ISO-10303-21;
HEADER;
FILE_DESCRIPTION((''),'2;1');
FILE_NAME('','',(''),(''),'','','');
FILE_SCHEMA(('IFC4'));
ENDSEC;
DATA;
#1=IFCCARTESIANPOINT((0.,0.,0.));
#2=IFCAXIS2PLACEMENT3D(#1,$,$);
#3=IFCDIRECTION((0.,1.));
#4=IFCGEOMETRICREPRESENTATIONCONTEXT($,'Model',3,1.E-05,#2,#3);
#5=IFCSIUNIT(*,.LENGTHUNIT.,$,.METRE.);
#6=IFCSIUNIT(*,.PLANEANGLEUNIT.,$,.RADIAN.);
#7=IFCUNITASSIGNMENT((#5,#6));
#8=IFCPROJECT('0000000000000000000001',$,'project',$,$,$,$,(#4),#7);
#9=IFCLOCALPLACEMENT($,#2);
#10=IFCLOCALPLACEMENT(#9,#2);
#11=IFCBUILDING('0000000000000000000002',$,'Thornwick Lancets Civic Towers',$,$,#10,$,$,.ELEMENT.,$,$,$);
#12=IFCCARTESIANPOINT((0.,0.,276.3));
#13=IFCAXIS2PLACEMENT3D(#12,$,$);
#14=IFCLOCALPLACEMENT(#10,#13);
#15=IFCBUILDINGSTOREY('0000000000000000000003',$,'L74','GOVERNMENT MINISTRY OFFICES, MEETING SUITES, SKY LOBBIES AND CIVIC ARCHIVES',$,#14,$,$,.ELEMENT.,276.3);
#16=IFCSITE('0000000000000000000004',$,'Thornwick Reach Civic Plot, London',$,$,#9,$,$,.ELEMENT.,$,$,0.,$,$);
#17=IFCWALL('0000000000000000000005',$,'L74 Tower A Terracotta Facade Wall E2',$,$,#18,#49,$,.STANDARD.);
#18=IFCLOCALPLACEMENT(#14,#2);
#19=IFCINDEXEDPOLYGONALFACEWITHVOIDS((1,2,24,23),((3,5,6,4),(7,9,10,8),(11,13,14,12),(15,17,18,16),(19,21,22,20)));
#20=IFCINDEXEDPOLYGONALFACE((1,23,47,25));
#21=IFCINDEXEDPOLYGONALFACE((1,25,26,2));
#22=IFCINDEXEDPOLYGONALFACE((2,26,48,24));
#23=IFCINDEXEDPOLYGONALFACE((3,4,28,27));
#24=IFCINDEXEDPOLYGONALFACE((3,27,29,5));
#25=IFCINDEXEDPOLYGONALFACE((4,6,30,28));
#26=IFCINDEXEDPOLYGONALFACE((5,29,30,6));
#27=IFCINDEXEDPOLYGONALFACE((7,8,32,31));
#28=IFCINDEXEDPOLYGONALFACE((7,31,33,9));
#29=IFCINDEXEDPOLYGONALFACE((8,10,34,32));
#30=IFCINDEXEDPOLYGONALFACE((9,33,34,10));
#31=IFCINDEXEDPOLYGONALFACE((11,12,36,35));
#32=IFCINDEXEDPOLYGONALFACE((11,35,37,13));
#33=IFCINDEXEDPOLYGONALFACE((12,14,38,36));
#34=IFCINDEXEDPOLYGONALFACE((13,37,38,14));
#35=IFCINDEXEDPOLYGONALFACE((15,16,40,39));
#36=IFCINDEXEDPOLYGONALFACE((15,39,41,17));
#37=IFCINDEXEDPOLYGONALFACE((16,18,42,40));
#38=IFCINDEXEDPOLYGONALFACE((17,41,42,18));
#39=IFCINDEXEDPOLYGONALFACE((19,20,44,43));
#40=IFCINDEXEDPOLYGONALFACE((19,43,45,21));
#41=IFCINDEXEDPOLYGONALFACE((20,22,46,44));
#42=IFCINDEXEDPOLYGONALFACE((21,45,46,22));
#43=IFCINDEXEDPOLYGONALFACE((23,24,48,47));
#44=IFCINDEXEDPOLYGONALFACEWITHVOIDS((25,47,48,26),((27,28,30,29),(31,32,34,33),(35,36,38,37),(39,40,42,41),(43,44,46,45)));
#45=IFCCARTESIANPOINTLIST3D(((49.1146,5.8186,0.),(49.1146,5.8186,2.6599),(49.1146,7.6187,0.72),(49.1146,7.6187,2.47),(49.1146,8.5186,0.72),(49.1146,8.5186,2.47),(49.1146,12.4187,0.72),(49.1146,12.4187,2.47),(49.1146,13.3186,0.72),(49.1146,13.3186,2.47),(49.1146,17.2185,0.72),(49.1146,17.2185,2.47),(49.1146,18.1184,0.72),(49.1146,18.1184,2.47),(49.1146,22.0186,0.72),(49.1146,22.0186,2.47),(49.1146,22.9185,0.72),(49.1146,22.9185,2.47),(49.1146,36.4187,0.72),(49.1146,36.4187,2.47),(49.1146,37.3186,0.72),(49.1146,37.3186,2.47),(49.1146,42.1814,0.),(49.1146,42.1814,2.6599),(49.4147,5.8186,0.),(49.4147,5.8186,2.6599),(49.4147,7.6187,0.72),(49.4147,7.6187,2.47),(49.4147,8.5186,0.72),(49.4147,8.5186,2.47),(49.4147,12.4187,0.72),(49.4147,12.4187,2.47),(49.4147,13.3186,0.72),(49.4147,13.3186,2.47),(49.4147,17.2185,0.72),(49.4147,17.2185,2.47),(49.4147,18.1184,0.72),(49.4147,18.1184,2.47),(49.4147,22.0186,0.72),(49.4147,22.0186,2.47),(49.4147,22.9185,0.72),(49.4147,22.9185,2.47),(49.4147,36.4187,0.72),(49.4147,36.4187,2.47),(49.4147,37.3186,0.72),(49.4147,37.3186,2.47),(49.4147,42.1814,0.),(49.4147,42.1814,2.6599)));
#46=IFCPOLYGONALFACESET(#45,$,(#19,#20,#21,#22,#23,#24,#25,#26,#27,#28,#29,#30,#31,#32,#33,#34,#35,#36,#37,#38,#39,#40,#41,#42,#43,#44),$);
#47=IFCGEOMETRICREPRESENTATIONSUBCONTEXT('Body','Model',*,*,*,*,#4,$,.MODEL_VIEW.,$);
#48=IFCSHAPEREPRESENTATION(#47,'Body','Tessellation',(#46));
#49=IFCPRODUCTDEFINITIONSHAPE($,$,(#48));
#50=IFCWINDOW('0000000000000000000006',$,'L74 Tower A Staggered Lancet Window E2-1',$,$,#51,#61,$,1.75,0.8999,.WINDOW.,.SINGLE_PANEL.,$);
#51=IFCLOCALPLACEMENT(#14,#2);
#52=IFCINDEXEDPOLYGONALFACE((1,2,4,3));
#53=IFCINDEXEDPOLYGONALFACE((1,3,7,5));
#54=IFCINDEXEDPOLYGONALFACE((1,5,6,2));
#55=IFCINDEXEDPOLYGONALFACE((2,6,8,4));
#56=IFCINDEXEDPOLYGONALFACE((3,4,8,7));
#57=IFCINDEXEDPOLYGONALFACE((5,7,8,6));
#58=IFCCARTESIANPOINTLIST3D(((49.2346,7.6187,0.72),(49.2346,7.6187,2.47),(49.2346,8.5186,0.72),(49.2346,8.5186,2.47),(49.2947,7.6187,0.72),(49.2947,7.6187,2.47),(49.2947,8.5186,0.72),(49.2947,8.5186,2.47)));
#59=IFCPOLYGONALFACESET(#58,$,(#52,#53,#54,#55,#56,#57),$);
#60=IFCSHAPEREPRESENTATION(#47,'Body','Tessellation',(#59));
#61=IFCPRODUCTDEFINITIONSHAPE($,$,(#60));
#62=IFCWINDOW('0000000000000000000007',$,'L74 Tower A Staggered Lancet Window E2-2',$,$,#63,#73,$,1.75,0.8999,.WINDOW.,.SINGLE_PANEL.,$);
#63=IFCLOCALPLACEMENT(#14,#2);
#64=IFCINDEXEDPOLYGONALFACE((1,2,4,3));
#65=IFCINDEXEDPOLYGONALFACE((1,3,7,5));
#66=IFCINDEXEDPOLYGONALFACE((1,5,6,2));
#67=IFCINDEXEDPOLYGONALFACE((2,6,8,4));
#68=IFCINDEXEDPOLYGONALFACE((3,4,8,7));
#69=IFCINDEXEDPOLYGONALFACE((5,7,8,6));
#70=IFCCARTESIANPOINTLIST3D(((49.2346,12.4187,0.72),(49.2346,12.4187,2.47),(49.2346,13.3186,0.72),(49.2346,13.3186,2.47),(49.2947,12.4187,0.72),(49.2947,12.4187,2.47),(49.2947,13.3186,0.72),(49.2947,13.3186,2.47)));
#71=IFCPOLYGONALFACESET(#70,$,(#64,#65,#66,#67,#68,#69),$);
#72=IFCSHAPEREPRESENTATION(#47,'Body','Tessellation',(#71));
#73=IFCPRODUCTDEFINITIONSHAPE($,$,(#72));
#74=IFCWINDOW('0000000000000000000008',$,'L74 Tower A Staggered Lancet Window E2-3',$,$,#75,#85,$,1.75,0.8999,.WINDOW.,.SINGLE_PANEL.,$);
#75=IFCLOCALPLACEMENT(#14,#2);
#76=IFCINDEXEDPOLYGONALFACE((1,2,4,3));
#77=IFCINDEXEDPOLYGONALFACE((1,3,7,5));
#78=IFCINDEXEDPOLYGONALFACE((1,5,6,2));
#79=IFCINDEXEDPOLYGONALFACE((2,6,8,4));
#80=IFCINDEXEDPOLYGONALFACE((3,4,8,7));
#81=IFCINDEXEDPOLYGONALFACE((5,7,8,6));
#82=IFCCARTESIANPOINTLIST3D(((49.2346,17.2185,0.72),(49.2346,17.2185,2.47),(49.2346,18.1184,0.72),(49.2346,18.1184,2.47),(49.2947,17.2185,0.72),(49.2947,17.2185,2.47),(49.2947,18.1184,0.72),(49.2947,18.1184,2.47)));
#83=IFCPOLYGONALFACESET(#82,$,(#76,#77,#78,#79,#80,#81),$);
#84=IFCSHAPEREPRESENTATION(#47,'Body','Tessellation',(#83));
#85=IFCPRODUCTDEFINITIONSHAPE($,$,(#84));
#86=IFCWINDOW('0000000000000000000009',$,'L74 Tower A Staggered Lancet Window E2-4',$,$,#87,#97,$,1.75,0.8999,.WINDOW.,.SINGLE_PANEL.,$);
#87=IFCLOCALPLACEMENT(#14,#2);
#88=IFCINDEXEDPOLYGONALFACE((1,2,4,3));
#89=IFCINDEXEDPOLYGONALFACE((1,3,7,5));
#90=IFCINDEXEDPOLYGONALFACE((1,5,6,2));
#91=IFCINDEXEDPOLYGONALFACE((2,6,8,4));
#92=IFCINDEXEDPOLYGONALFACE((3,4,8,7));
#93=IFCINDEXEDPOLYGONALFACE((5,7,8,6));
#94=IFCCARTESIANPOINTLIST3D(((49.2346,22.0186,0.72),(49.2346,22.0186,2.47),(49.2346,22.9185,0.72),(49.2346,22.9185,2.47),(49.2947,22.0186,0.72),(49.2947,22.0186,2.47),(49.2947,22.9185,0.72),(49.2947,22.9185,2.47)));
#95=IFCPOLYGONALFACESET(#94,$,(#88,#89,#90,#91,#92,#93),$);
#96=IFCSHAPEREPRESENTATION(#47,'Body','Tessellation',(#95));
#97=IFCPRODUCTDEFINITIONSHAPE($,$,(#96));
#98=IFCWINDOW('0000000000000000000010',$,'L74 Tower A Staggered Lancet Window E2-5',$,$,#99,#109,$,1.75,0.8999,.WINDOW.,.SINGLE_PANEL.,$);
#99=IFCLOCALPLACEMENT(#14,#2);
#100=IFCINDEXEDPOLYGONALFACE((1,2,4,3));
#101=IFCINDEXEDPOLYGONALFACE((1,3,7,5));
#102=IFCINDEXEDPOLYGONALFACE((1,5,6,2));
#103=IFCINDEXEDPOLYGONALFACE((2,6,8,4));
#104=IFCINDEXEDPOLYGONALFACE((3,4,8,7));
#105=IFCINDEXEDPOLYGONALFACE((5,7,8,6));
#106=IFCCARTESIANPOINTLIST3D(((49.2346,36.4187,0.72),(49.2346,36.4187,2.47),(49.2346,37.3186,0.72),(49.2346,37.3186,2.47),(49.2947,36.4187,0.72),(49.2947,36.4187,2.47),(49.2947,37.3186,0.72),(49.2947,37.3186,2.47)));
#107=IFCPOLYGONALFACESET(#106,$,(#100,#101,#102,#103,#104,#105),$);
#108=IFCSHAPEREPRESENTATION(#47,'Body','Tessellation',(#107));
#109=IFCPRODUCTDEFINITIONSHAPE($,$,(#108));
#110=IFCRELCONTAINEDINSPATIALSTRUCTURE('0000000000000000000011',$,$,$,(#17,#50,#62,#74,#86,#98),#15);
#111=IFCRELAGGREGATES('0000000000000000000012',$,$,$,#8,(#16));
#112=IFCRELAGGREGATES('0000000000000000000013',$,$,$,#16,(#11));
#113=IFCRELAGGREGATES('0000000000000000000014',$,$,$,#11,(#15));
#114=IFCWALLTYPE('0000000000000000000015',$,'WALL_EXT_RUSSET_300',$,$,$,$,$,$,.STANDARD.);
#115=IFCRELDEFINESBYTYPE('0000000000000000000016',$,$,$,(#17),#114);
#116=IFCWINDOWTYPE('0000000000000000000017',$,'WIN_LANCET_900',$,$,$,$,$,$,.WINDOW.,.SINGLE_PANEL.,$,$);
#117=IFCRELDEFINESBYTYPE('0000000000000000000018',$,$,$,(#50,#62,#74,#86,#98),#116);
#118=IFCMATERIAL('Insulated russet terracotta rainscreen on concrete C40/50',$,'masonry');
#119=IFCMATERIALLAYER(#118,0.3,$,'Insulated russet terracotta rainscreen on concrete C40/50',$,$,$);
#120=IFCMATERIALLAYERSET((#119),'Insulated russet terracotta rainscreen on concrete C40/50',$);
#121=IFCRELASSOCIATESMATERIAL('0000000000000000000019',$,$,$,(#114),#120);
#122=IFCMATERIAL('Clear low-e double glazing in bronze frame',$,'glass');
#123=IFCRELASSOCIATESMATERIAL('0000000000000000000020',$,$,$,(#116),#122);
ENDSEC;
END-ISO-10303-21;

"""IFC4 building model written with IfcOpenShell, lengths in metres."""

from ifc_helpers import new_model, si_unit, direction, frame, frame_2d, origin, place, context, subcontext, project, spatial, rectangle, extrude, material, layer, layer_set, type_object, element, fill, save


model = new_model("IFC4")

# Units and contexts
model_context = context("Model", 3, precision=1e-05, world=origin(), true_north=direction((0.0, 1.0)))
body_context = subcontext(model_context, "Body", "Model", "MODEL_VIEW")
ifc_project = project(units=[si_unit("LENGTHUNIT", "METRE"), si_unit("PLANEANGLEUNIT", "RADIAN")], contexts=[model_context])

# Site, building, storey
site_placement = place(None, origin())
site = spatial("IfcSite", under=ifc_project, at=site_placement, Name="Thornwick Reach Civic Plot, London", CompositionType="ELEMENT", RefElevation=0.0)
building_placement = place(site_placement, origin())
building = spatial("IfcBuilding", under=site, at=building_placement, Name="Thornwick Lancets Civic Towers", CompositionType="ELEMENT")
storey_placement = place(building_placement, frame((0.0, 0.0, 276.3)))
storey = spatial("IfcBuildingStorey", under=building, at=storey_placement, Name="L74", Description="GOVERNMENT MINISTRY OFFICES, MEETING SUITES, SKY LOBBIES AND CIVIC ARCHIVES", CompositionType="ELEMENT", Elevation=276.3)

# Wall, openings, windows
ifc_material_1 = material(Name="Insulated russet terracotta rainscreen on concrete C40/50", Category="masonry")
ifc_layer_1 = layer(ifc_material_1, 0.3, Name="Insulated russet terracotta rainscreen on concrete C40/50")
ifc_layer_set_1 = layer_set([ifc_layer_1], Name="Insulated russet terracotta rainscreen on concrete C40/50")
wall_type_1 = type_object("IfcWallType", Name="WALL_EXT_RUSSET_300", PredefinedType="STANDARD", material=ifc_layer_set_1)
wall_1_placement = place(storey_placement, frame((49.2646, 5.8186, 0.0), z_axis=(0.0, 0.0, 1.0), x_axis=(0.0, 1.0, 0.0)))
wall_1 = element("IfcWall", 1, at=wall_1_placement, inside=storey, type_object=wall_type_1, Name="L74 Tower A Terracotta Facade Wall E2", PredefinedType="STANDARD", context=body_context, shape_type="SweptSolid", body=[
    extrude(rectangle(XDim=36.3628, YDim=0.3, at=frame_2d((18.1814, 0.0))), origin(), (0.0, 0.0, 1.0), 2.6599),
])
opening_1_placement = place(wall_1_placement, frame((1.8, 0.0, 0.72)))
opening_1 = element("IfcOpeningElement", 2, at=opening_1_placement, cuts=wall_1, PredefinedType="OPENING", context=body_context, shape_type="SweptSolid", body=[
    extrude(rectangle(XDim=0.8999, YDim=1.75, at=frame_2d((0.45, 0.875))), frame((0.0, 0.1602, 0.0), z_axis=(0.0, -1.0, 0.0), x_axis=(1.0, 0.0, 0.0)), (0.0, 0.0, 1.0), 0.3201),
])
opening_2_placement = place(wall_1_placement, frame((6.6001, 0.0, 0.72)))
opening_2 = element("IfcOpeningElement", 3, at=opening_2_placement, cuts=wall_1, PredefinedType="OPENING", context=body_context, shape_type="SweptSolid", body=[
    extrude(rectangle(XDim=0.8999, YDim=1.75, at=frame_2d((0.45, 0.875))), frame((0.0, 0.1602, 0.0), z_axis=(0.0, -1.0, 0.0), x_axis=(1.0, 0.0, 0.0)), (0.0, 0.0, 1.0), 0.3201),
])
opening_3_placement = place(wall_1_placement, frame((11.3999, 0.0, 0.72)))
opening_3 = element("IfcOpeningElement", 4, at=opening_3_placement, cuts=wall_1, PredefinedType="OPENING", context=body_context, shape_type="SweptSolid", body=[
    extrude(rectangle(XDim=0.8999, YDim=1.75, at=frame_2d((0.45, 0.875))), frame((0.0, 0.1602, 0.0), z_axis=(0.0, -1.0, 0.0), x_axis=(1.0, 0.0, 0.0)), (0.0, 0.0, 1.0), 0.3201),
])
opening_4_placement = place(wall_1_placement, frame((16.2, 0.0, 0.72)))
opening_4 = element("IfcOpeningElement", 5, at=opening_4_placement, cuts=wall_1, PredefinedType="OPENING", context=body_context, shape_type="SweptSolid", body=[
    extrude(rectangle(XDim=0.8999, YDim=1.75, at=frame_2d((0.45, 0.875))), frame((0.0, 0.1602, 0.0), z_axis=(0.0, -1.0, 0.0), x_axis=(1.0, 0.0, 0.0)), (0.0, 0.0, 1.0), 0.3201),
])
opening_5_placement = place(wall_1_placement, frame((30.6001, 0.0, 0.72)))
opening_5 = element("IfcOpeningElement", 6, at=opening_5_placement, cuts=wall_1, PredefinedType="OPENING", context=body_context, shape_type="SweptSolid", body=[
    extrude(rectangle(XDim=0.8999, YDim=1.75, at=frame_2d((0.45, 0.875))), frame((0.0, 0.1602, 0.0), z_axis=(0.0, -1.0, 0.0), x_axis=(1.0, 0.0, 0.0)), (0.0, 0.0, 1.0), 0.3201),
])
ifc_material_2 = material(Name="Clear low-e double glazing in bronze frame", Category="glass")
window_type = type_object("IfcWindowType", Name="WIN_LANCET_900", PartitioningType="SINGLE_PANEL", PredefinedType="WINDOW", material=ifc_material_2)
window_1_placement = place(opening_1_placement, origin())
window_1 = element("IfcWindow", 7, at=window_1_placement, inside=storey, type_object=window_type, Name="L74 Tower A Staggered Lancet Window E2-1", OverallHeight=1.75, OverallWidth=0.8999, PartitioningType="SINGLE_PANEL", PredefinedType="WINDOW", context=body_context, shape_type="SweptSolid", body=[
    extrude(rectangle(XDim=0.8999, YDim=1.75, at=frame_2d((0.45, 0.875))), frame((0.0, 0.03, 0.0), z_axis=(0.0, -1.0, 0.0), x_axis=(1.0, 0.0, 0.0)), (0.0, 0.0, 1.0), 0.0601),
])
fill(opening_1, window_1)
window_2_placement = place(opening_2_placement, origin())
window_2 = element("IfcWindow", 8, at=window_2_placement, inside=storey, type_object=window_type, Name="L74 Tower A Staggered Lancet Window E2-2", OverallHeight=1.75, OverallWidth=0.8999, PartitioningType="SINGLE_PANEL", PredefinedType="WINDOW", context=body_context, shape_type="SweptSolid", body=[
    extrude(rectangle(XDim=0.8999, YDim=1.75, at=frame_2d((0.45, 0.875))), frame((0.0, 0.03, 0.0), z_axis=(0.0, -1.0, 0.0), x_axis=(1.0, 0.0, 0.0)), (0.0, 0.0, 1.0), 0.0601),
])
fill(opening_2, window_2)
window_3_placement = place(opening_3_placement, origin())
window_3 = element("IfcWindow", 9, at=window_3_placement, inside=storey, type_object=window_type, Name="L74 Tower A Staggered Lancet Window E2-3", OverallHeight=1.75, OverallWidth=0.8999, PartitioningType="SINGLE_PANEL", PredefinedType="WINDOW", context=body_context, shape_type="SweptSolid", body=[
    extrude(rectangle(XDim=0.8999, YDim=1.75, at=frame_2d((0.45, 0.875))), frame((0.0, 0.03, 0.0), z_axis=(0.0, -1.0, 0.0), x_axis=(1.0, 0.0, 0.0)), (0.0, 0.0, 1.0), 0.0601),
])
fill(opening_3, window_3)
window_4_placement = place(opening_4_placement, origin())
window_4 = element("IfcWindow", 10, at=window_4_placement, inside=storey, type_object=window_type, Name="L74 Tower A Staggered Lancet Window E2-4", OverallHeight=1.75, OverallWidth=0.8999, PartitioningType="SINGLE_PANEL", PredefinedType="WINDOW", context=body_context, shape_type="SweptSolid", body=[
    extrude(rectangle(XDim=0.8999, YDim=1.75, at=frame_2d((0.45, 0.875))), frame((0.0, 0.03, 0.0), z_axis=(0.0, -1.0, 0.0), x_axis=(1.0, 0.0, 0.0)), (0.0, 0.0, 1.0), 0.0601),
])
fill(opening_4, window_4)
window_5_placement = place(opening_5_placement, origin())
window_5 = element("IfcWindow", 11, at=window_5_placement, inside=storey, type_object=window_type, Name="L74 Tower A Staggered Lancet Window E2-5", OverallHeight=1.75, OverallWidth=0.8999, PartitioningType="SINGLE_PANEL", PredefinedType="WINDOW", context=body_context, shape_type="SweptSolid", body=[
    extrude(rectangle(XDim=0.8999, YDim=1.75, at=frame_2d((0.45, 0.875))), frame((0.0, 0.03, 0.0), z_axis=(0.0, -1.0, 0.0), x_axis=(1.0, 0.0, 0.0)), (0.0, 0.0, 1.0), 0.0601),
])
fill(opening_5, window_5)

save(model, "model.ifc")
